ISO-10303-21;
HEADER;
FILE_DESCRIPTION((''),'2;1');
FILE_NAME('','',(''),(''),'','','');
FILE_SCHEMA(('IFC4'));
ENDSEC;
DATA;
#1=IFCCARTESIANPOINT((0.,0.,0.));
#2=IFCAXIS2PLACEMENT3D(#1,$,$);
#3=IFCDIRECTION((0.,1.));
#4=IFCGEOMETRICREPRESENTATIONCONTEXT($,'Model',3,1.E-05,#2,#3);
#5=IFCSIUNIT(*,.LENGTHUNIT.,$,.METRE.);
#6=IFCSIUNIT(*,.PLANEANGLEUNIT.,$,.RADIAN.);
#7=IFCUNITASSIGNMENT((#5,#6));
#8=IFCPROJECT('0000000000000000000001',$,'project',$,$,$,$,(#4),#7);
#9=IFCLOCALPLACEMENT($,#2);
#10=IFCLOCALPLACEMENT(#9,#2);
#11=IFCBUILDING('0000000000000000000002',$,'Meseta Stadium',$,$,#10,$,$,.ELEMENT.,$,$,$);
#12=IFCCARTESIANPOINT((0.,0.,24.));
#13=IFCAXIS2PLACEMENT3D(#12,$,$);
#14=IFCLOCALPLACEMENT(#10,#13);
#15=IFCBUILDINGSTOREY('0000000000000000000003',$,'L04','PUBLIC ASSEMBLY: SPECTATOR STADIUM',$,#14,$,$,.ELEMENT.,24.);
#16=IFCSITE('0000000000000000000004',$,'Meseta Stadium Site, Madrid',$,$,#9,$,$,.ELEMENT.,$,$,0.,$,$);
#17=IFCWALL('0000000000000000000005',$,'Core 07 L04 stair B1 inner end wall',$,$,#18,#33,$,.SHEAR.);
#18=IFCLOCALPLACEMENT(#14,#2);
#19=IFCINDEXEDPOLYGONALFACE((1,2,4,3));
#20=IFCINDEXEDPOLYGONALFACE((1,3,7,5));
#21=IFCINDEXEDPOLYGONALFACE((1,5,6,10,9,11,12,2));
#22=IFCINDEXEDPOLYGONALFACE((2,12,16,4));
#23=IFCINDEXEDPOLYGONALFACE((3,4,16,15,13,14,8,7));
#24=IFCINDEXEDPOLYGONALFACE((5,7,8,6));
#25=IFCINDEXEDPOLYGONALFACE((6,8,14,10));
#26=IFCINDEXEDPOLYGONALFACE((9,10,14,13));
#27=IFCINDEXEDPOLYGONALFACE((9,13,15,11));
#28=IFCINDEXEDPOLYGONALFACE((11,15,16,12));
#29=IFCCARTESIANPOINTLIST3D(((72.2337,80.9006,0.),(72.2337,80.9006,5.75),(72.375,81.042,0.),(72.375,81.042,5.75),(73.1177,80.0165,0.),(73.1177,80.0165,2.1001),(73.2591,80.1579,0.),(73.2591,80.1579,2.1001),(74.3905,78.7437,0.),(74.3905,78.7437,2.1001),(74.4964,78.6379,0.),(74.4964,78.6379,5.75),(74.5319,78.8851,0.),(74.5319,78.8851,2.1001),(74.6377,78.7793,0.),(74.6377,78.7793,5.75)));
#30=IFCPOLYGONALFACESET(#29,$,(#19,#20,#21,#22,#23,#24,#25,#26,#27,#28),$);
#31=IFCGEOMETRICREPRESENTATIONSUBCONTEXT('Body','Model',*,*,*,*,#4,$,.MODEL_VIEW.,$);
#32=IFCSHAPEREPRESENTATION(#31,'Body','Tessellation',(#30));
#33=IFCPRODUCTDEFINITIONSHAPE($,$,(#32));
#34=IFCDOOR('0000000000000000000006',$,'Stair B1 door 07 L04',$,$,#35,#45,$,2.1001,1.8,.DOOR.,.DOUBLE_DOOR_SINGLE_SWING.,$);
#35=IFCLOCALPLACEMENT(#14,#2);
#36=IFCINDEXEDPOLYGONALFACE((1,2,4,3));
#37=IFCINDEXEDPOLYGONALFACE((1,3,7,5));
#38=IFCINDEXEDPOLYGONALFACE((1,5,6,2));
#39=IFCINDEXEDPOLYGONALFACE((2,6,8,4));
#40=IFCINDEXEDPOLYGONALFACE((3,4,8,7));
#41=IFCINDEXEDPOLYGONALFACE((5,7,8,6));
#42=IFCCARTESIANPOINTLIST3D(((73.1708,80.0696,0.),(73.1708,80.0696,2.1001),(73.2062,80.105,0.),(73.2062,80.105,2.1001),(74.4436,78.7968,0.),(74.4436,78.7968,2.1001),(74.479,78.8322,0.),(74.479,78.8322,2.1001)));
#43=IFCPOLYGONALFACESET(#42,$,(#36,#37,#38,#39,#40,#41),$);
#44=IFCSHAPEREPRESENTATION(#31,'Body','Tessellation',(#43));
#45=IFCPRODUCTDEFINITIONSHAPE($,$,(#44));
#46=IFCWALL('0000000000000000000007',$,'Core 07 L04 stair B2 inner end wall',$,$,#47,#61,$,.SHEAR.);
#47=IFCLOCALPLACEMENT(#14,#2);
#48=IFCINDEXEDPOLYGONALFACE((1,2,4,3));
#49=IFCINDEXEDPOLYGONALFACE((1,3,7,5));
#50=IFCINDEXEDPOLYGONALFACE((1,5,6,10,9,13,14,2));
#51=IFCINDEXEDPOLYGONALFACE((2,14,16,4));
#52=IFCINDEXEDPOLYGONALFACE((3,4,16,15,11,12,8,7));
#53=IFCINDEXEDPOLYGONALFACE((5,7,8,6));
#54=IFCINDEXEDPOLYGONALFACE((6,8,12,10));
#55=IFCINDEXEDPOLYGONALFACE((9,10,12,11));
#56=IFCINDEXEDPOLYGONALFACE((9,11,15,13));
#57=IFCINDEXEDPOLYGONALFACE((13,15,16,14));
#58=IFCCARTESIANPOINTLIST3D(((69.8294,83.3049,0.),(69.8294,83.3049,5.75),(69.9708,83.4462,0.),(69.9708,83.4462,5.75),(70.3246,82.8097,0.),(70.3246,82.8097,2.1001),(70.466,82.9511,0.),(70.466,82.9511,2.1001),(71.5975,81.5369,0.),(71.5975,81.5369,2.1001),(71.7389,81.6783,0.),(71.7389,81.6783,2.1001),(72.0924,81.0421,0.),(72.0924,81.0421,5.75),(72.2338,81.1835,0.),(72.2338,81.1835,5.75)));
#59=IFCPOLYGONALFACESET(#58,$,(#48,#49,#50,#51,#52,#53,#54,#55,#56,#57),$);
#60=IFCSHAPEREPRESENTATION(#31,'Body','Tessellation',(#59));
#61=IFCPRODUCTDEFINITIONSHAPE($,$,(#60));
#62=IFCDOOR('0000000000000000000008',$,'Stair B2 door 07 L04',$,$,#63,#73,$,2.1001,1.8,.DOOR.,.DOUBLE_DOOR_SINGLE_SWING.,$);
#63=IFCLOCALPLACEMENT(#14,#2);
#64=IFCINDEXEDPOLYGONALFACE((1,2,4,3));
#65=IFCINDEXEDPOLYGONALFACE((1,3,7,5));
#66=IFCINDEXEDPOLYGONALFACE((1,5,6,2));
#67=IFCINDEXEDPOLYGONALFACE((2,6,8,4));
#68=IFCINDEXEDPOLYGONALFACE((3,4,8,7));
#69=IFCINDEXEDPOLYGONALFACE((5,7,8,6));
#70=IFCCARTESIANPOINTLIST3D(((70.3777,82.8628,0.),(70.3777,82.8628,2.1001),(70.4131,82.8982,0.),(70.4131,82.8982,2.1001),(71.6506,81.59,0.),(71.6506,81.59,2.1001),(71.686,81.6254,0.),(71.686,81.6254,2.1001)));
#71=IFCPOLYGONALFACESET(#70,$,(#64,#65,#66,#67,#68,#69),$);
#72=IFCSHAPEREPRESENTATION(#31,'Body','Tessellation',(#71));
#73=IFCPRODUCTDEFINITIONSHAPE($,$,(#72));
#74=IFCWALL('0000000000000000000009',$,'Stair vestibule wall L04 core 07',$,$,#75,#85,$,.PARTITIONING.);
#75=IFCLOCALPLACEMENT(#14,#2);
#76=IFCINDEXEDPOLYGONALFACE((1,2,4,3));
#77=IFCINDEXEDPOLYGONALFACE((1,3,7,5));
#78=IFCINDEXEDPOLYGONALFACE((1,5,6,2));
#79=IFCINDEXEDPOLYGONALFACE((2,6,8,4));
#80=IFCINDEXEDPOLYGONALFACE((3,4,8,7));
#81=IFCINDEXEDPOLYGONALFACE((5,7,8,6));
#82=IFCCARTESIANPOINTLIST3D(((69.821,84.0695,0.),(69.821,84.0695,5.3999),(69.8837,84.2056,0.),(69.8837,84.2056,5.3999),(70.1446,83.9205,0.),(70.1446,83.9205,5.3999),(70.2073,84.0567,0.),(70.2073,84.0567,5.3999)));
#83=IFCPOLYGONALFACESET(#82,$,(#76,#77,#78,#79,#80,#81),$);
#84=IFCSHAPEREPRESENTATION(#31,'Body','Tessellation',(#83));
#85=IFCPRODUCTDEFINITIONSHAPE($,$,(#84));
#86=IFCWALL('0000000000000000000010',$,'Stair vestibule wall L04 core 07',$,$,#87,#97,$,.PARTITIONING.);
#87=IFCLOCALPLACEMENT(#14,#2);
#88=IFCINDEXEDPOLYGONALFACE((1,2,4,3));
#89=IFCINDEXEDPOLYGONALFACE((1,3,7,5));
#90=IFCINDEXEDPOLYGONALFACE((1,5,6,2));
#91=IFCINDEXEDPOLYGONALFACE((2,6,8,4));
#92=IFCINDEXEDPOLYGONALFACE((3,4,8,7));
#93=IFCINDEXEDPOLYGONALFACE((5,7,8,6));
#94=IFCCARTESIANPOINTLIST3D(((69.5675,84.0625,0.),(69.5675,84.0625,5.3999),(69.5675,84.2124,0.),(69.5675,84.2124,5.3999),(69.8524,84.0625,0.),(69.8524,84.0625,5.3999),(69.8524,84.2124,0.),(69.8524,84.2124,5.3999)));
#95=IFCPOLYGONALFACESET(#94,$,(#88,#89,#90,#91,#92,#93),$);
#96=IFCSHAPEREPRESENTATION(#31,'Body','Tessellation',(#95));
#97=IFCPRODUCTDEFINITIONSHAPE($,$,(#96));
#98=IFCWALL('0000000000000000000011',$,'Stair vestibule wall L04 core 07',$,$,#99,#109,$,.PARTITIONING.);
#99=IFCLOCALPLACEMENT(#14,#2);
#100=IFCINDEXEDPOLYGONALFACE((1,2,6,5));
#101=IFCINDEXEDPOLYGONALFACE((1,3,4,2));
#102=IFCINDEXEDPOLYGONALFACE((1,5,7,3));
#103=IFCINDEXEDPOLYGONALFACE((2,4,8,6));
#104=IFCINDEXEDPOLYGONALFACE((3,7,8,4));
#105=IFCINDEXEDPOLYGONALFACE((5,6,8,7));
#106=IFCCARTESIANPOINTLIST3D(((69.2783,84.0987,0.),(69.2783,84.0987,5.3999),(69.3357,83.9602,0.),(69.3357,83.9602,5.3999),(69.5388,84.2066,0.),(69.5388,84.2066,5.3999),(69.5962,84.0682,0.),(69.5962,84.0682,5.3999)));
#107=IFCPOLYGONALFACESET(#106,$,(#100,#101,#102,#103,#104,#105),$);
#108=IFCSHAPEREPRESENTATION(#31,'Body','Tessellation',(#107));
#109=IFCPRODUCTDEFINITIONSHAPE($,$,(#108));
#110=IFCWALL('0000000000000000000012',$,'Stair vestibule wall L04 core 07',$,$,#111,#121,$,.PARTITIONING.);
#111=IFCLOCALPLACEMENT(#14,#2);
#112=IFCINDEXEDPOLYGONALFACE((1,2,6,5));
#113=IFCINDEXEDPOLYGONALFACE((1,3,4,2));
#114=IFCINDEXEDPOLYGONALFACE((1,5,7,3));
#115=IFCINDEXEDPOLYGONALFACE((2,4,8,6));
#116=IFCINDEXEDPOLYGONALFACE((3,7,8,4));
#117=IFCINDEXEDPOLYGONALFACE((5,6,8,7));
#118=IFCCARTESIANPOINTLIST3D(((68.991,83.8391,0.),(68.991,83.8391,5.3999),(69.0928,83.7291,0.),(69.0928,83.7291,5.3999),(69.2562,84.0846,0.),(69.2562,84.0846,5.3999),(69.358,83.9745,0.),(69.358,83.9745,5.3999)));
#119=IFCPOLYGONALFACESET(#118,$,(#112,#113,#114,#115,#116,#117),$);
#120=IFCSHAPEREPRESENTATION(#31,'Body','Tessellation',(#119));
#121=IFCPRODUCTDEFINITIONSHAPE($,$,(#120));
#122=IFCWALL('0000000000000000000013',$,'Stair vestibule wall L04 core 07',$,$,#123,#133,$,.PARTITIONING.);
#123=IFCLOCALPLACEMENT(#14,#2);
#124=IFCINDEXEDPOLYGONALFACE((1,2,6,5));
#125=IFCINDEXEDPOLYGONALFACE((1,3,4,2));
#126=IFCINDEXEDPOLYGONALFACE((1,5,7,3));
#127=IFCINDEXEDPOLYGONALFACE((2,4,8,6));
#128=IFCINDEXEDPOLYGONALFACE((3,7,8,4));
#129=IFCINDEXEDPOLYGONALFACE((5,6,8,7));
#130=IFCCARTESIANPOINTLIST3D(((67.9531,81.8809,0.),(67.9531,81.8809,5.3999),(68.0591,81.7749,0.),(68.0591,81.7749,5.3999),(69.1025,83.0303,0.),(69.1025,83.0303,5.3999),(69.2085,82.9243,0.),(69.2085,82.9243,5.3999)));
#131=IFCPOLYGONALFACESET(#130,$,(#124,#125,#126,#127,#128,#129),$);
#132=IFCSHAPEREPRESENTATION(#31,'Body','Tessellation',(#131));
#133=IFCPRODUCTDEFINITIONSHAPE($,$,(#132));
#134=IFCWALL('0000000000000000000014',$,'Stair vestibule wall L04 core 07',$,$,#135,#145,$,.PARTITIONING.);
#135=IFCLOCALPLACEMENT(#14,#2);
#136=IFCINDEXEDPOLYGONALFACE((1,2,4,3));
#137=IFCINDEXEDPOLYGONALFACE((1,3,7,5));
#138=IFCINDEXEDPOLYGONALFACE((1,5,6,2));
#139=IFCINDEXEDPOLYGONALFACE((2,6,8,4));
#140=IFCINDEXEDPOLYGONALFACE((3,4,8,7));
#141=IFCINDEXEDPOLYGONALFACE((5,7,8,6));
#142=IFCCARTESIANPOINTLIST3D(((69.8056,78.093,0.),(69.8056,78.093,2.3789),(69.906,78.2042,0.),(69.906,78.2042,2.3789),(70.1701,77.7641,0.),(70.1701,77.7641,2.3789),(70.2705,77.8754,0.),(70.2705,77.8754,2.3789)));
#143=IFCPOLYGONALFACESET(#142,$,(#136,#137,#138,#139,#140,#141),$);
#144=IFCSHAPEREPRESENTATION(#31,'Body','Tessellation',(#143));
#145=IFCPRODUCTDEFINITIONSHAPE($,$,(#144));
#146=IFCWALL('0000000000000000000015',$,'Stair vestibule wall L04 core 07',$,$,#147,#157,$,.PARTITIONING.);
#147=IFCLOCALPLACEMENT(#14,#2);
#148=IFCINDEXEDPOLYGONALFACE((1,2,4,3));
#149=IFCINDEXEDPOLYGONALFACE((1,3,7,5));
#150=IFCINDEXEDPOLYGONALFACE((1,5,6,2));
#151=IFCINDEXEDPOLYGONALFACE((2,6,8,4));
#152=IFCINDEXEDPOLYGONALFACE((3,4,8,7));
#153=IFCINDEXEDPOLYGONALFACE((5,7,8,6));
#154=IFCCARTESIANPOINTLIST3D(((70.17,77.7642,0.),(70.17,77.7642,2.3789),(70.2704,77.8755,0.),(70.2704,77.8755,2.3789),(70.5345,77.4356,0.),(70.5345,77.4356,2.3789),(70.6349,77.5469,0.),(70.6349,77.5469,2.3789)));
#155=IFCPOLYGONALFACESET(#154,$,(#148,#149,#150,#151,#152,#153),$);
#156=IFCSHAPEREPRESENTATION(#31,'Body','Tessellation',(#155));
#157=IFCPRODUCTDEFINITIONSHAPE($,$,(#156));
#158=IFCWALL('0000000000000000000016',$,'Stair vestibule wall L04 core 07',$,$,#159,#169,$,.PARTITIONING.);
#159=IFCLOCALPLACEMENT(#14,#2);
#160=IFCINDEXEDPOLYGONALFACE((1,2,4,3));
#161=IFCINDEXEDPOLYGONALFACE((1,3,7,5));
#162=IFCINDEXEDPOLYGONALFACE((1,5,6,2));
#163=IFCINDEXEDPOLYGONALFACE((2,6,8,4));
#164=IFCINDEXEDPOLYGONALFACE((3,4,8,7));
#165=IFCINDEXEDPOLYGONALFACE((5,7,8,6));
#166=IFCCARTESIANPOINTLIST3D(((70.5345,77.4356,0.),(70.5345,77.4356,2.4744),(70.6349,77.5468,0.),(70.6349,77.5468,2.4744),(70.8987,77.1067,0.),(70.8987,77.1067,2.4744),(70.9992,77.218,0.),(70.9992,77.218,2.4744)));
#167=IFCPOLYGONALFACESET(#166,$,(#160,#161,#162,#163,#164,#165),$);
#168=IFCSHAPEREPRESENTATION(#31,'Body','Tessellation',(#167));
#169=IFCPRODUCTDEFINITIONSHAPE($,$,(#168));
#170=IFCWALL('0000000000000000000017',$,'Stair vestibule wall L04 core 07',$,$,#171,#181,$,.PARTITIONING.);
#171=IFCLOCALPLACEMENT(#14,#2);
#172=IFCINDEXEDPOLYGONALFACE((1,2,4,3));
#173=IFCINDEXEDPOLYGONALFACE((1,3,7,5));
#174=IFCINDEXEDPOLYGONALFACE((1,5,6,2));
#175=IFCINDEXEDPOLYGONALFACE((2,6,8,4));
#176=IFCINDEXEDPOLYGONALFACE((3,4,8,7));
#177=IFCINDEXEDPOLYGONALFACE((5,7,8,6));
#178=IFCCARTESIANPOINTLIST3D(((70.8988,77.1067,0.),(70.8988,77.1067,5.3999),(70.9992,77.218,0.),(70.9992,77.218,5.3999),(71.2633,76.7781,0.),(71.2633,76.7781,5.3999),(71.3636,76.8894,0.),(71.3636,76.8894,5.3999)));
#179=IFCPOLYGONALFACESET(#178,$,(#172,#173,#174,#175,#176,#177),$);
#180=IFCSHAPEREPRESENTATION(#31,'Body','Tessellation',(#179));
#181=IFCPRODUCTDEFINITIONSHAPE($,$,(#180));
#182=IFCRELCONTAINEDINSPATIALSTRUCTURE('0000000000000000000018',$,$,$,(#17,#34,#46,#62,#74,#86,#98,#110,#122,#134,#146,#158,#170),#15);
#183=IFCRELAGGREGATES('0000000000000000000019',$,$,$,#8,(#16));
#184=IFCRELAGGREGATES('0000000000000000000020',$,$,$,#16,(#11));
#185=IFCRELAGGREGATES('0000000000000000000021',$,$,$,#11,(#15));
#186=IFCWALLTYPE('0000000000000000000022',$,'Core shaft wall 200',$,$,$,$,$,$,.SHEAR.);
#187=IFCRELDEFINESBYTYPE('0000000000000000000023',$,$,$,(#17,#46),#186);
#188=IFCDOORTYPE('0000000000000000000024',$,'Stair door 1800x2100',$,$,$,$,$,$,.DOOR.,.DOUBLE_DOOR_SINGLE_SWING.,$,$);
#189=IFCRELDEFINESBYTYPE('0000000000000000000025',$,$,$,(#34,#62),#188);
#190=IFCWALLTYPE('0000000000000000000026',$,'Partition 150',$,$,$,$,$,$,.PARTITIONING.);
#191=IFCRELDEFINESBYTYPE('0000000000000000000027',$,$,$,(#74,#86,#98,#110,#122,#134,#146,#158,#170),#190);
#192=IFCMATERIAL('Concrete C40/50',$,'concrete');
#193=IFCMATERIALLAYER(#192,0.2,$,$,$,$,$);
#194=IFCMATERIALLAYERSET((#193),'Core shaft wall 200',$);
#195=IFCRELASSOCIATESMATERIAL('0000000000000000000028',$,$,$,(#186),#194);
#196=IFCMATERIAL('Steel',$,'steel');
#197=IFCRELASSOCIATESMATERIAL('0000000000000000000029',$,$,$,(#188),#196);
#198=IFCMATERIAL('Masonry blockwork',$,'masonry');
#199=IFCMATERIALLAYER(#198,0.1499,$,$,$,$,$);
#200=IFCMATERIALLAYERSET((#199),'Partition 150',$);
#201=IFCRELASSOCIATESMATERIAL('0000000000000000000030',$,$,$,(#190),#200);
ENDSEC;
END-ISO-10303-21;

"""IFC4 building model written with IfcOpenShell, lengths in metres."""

from ifc_helpers import new_model, si_unit, direction, frame, frame_2d, origin, place, context, subcontext, project, spatial, rectangle, extrude, material, layer, layer_set, type_object, element, fill, save


model = new_model("IFC4")

# Units and contexts
model_context = context("Model", 3, precision=1e-05, world=origin(), true_north=direction((0.0, 1.0)))
body_context = subcontext(model_context, "Body", "Model", "MODEL_VIEW")
ifc_project = project(units=[si_unit("LENGTHUNIT", "METRE"), si_unit("PLANEANGLEUNIT", "RADIAN")], contexts=[model_context])

# Site, building, storey
site_placement = place(None, origin())
site = spatial("IfcSite", under=ifc_project, at=site_placement, Name="Meseta Stadium Site, Madrid", CompositionType="ELEMENT", RefElevation=0.0)
building_placement = place(site_placement, origin())
building = spatial("IfcBuilding", under=site, at=building_placement, Name="Meseta Stadium", CompositionType="ELEMENT")
storey_placement = place(building_placement, frame((0.0, 0.0, 24.0)))
storey = spatial("IfcBuildingStorey", under=building, at=storey_placement, Name="L04", Description="PUBLIC ASSEMBLY: SPECTATOR STADIUM", CompositionType="ELEMENT", Elevation=24.0)

# Walls, openings, doors
ifc_material_1 = material(Name="Concrete C40/50", Category="concrete")
ifc_layer_1 = layer(ifc_material_1, 0.2)
ifc_layer_set_1 = layer_set([ifc_layer_1], Name="Core shaft wall 200")
wall_type_1 = type_object("IfcWallType", Name="Core shaft wall 200", PredefinedType="SHEAR", material=ifc_layer_set_1)
ifc_material_2 = material(Name="Steel", Category="steel")
door_type = type_object("IfcDoorType", Name="Stair door 1800x2100", OperationType="DOUBLE_DOOR_SINGLE_SWING", PredefinedType="DOOR", material=ifc_material_2)
wall_1_placement = place(storey_placement, frame((74.5671, 78.7085, 0.0), z_axis=(0.0, 0.0, 1.0), x_axis=(-0.707107, 0.707107, 0.0)))
wall_1 = element("IfcWall", 1, at=wall_1_placement, inside=storey, type_object=wall_type_1, Name="Core 07 L04 stair B1 inner end wall", PredefinedType="SHEAR", context=body_context, shape_type="SweptSolid", body=[
    extrude(rectangle(XDim=3.2, YDim=0.2, at=frame_2d((1.6001, 0.0))), origin(), (0.0, 0.0, 1.0), 5.75),
])
opening_1_placement = place(wall_1_placement, frame((0.1499, 0.0, 0.0)))
opening_1 = element("IfcOpeningElement", 2, at=opening_1_placement, cuts=wall_1, PredefinedType="OPENING", context=body_context, shape_type="SweptSolid", body=[
    extrude(rectangle(XDim=1.8, YDim=2.1001, at=frame_2d((0.8999, 1.05))), frame((0.0, 0.1099, 0.0), z_axis=(0.0, -1.0, 0.0), x_axis=(1.0, 0.0, 0.0)), (0.0, 0.0, 1.0), 0.22),
])
door_1_placement = place(opening_1_placement, origin())
door_1 = element("IfcDoor", 3, at=door_1_placement, inside=storey, type_object=door_type, Name="Stair B1 door 07 L04", OperationType="DOUBLE_DOOR_SINGLE_SWING", OverallHeight=2.1001, OverallWidth=1.8, PredefinedType="DOOR", context=body_context, shape_type="SweptSolid", body=[
    extrude(rectangle(XDim=1.8, YDim=2.1001, at=frame_2d((0.8999, 1.05))), frame((0.0, 0.0249, 0.0), z_axis=(0.0, -1.0, 0.0), x_axis=(1.0, 0.0, 0.0)), (0.0, 0.0, 1.0), 0.05),
])
fill(opening_1, door_1)
wall_2_placement = place(storey_placement, frame((72.1631, 81.1128, 0.0), z_axis=(0.0, 0.0, 1.0), x_axis=(-0.707145, 0.707069, 0.0)))
wall_2 = element("IfcWall", 4, at=wall_2_placement, inside=storey, type_object=wall_type_1, Name="Core 07 L04 stair B2 inner end wall", PredefinedType="SHEAR", context=body_context, shape_type="SweptSolid", body=[
    extrude(rectangle(XDim=3.2002, YDim=0.2, at=frame_2d((1.6001, 0.0))), origin(), (0.0, 0.0, 1.0), 5.75),
])
opening_2_placement = place(wall_2_placement, frame((0.7, 0.0, 0.0)))
opening_2 = element("IfcOpeningElement", 5, at=opening_2_placement, cuts=wall_2, PredefinedType="OPENING", context=body_context, shape_type="SweptSolid", body=[
    extrude(rectangle(XDim=1.8, YDim=2.1001, at=frame_2d((0.8999, 1.05))), frame((0.0, 0.1099, 0.0), z_axis=(0.0, -1.0, 0.0), x_axis=(1.0, 0.0, 0.0)), (0.0, 0.0, 1.0), 0.22),
])
door_2_placement = place(opening_2_placement, origin())
door_2 = element("IfcDoor", 6, at=door_2_placement, inside=storey, type_object=door_type, Name="Stair B2 door 07 L04", OperationType="DOUBLE_DOOR_SINGLE_SWING", OverallHeight=2.1001, OverallWidth=1.8, PredefinedType="DOOR", context=body_context, shape_type="SweptSolid", body=[
    extrude(rectangle(XDim=1.8, YDim=2.1001, at=frame_2d((0.8999, 1.05))), frame((0.0, 0.0249, 0.0), z_axis=(0.0, -1.0, 0.0), x_axis=(1.0, 0.0, 0.0)), (0.0, 0.0, 1.0), 0.05),
])
fill(opening_2, door_2)

# Walls
ifc_material_3 = material(Name="Masonry blockwork", Category="masonry")
ifc_layer_2 = layer(ifc_material_3, 0.1499)
ifc_layer_set_2 = layer_set([ifc_layer_2], Name="Partition 150")
wall_type_2 = type_object("IfcWallType", Name="Partition 150", PredefinedType="PARTITIONING", material=ifc_layer_set_2)
wall_3_placement = place(storey_placement, frame((70.176, 83.9885, 0.0), z_axis=(0.0, 0.0, 1.0), x_axis=(-0.90836, 0.418189, 0.0)))
element("IfcWall", 7, at=wall_3_placement, inside=storey, type_object=wall_type_2, Name="Stair vestibule wall L04 core 07", PredefinedType="PARTITIONING", context=body_context, shape_type="SweptSolid", body=[
    extrude(rectangle(XDim=0.3562, YDim=0.1499, at=frame_2d((0.1782, 0.0))), origin(), (0.0, 0.0, 1.0), 5.3999),
])
wall_4_placement = place(storey_placement, frame((69.8525, 84.1375, 0.0), z_axis=(0.0, 0.0, 1.0), x_axis=(-1.0, 0.0, 0.0)))
element("IfcWall", 8, at=wall_4_placement, inside=storey, type_object=wall_type_2, Name="Stair vestibule wall L04 core 07", PredefinedType="PARTITIONING", context=body_context, shape_type="SweptSolid", body=[
    extrude(rectangle(XDim=0.2849, YDim=0.1499, at=frame_2d((0.1426, 0.0))), origin(), (0.0, 0.0, 1.0), 5.3999),
])
wall_5_placement = place(storey_placement, frame((69.5676, 84.1375, 0.0), z_axis=(0.0, 0.0, 1.0), x_axis=(-0.923869, -0.382709, 0.0)))
element("IfcWall", 9, at=wall_5_placement, inside=storey, type_object=wall_type_2, Name="Stair vestibule wall L04 core 07", PredefinedType="PARTITIONING", context=body_context, shape_type="SweptSolid", body=[
    extrude(rectangle(XDim=0.282, YDim=0.1499, at=frame_2d((0.1411, 0.0))), origin(), (0.0, 0.0, 1.0), 5.3999),
])
wall_6_placement = place(storey_placement, frame((69.3071, 84.0295, 0.0), z_axis=(0.0, 0.0, 1.0), x_axis=(-0.733948, -0.679206, 0.0)))
element("IfcWall", 10, at=wall_6_placement, inside=storey, type_object=wall_type_2, Name="Stair vestibule wall L04 core 07", PredefinedType="PARTITIONING", context=body_context, shape_type="SweptSolid", body=[
    extrude(rectangle(XDim=0.3613, YDim=0.1499, at=frame_2d((0.1807, 0.0))), origin(), (0.0, 0.0, 1.0), 5.3999),
])
wall_7_placement = place(storey_placement, frame((69.1555, 82.9773, 0.0), z_axis=(0.0, 0.0, 1.0), x_axis=(-0.707107, -0.707107, 0.0)))
element("IfcWall", 11, at=wall_7_placement, inside=storey, type_object=wall_type_2, Name="Stair vestibule wall L04 core 07", PredefinedType="PARTITIONING", context=body_context, shape_type="SweptSolid", body=[
    extrude(rectangle(XDim=1.6255, YDim=0.1499, at=frame_2d((0.8127, 0.0))), origin(), (0.0, 0.0, 1.0), 5.3999),
])
wall_8_placement = place(storey_placement, frame((69.8557, 78.1487, 0.0), z_axis=(0.0, 0.0, 1.0), x_axis=(0.742478, -0.669871, 0.0)))
element("IfcWall", 12, at=wall_8_placement, inside=storey, type_object=wall_type_2, Name="Stair vestibule wall L04 core 07", PredefinedType="PARTITIONING", context=body_context, shape_type="SweptSolid", body=[
    extrude(rectangle(XDim=0.491, YDim=0.1499, at=frame_2d((0.2456, 0.0))), origin(), (0.0, 0.0, 1.0), 2.3789),
])
wall_9_placement = place(storey_placement, frame((70.2202, 77.8198, 0.0), z_axis=(0.0, 0.0, 1.0), x_axis=(0.742725, -0.669597, 0.0)))
element("IfcWall", 13, at=wall_9_placement, inside=storey, type_object=wall_type_2, Name="Stair vestibule wall L04 core 07", PredefinedType="PARTITIONING", context=body_context, shape_type="SweptSolid", body=[
    extrude(rectangle(XDim=0.4907, YDim=0.1499, at=frame_2d((0.2454, 0.0))), origin(), (0.0, 0.0, 1.0), 2.3789),
])
wall_10_placement = place(storey_placement, frame((70.5847, 77.4912, 0.0), z_axis=(0.0, 0.0, 1.0), x_axis=(0.742254, -0.670118, 0.0)))
element("IfcWall", 14, at=wall_10_placement, inside=storey, type_object=wall_type_2, Name="Stair vestibule wall L04 core 07", PredefinedType="PARTITIONING", context=body_context, shape_type="SweptSolid", body=[
    extrude(rectangle(XDim=0.4907, YDim=0.1499, at=frame_2d((0.2454, 0.0))), origin(), (0.0, 0.0, 1.0), 2.4744),
])
wall_11_placement = place(storey_placement, frame((70.949, 77.1624, 0.0), z_axis=(0.0, 0.0, 1.0), x_axis=(0.742725, -0.669597, 0.0)))
element("IfcWall", 15, at=wall_11_placement, inside=storey, type_object=wall_type_2, Name="Stair vestibule wall L04 core 07", PredefinedType="PARTITIONING", context=body_context, shape_type="SweptSolid", body=[
    extrude(rectangle(XDim=0.4907, YDim=0.1499, at=frame_2d((0.2454, 0.0))), origin(), (0.0, 0.0, 1.0), 5.3999),
])

save(model, "model.ifc")
